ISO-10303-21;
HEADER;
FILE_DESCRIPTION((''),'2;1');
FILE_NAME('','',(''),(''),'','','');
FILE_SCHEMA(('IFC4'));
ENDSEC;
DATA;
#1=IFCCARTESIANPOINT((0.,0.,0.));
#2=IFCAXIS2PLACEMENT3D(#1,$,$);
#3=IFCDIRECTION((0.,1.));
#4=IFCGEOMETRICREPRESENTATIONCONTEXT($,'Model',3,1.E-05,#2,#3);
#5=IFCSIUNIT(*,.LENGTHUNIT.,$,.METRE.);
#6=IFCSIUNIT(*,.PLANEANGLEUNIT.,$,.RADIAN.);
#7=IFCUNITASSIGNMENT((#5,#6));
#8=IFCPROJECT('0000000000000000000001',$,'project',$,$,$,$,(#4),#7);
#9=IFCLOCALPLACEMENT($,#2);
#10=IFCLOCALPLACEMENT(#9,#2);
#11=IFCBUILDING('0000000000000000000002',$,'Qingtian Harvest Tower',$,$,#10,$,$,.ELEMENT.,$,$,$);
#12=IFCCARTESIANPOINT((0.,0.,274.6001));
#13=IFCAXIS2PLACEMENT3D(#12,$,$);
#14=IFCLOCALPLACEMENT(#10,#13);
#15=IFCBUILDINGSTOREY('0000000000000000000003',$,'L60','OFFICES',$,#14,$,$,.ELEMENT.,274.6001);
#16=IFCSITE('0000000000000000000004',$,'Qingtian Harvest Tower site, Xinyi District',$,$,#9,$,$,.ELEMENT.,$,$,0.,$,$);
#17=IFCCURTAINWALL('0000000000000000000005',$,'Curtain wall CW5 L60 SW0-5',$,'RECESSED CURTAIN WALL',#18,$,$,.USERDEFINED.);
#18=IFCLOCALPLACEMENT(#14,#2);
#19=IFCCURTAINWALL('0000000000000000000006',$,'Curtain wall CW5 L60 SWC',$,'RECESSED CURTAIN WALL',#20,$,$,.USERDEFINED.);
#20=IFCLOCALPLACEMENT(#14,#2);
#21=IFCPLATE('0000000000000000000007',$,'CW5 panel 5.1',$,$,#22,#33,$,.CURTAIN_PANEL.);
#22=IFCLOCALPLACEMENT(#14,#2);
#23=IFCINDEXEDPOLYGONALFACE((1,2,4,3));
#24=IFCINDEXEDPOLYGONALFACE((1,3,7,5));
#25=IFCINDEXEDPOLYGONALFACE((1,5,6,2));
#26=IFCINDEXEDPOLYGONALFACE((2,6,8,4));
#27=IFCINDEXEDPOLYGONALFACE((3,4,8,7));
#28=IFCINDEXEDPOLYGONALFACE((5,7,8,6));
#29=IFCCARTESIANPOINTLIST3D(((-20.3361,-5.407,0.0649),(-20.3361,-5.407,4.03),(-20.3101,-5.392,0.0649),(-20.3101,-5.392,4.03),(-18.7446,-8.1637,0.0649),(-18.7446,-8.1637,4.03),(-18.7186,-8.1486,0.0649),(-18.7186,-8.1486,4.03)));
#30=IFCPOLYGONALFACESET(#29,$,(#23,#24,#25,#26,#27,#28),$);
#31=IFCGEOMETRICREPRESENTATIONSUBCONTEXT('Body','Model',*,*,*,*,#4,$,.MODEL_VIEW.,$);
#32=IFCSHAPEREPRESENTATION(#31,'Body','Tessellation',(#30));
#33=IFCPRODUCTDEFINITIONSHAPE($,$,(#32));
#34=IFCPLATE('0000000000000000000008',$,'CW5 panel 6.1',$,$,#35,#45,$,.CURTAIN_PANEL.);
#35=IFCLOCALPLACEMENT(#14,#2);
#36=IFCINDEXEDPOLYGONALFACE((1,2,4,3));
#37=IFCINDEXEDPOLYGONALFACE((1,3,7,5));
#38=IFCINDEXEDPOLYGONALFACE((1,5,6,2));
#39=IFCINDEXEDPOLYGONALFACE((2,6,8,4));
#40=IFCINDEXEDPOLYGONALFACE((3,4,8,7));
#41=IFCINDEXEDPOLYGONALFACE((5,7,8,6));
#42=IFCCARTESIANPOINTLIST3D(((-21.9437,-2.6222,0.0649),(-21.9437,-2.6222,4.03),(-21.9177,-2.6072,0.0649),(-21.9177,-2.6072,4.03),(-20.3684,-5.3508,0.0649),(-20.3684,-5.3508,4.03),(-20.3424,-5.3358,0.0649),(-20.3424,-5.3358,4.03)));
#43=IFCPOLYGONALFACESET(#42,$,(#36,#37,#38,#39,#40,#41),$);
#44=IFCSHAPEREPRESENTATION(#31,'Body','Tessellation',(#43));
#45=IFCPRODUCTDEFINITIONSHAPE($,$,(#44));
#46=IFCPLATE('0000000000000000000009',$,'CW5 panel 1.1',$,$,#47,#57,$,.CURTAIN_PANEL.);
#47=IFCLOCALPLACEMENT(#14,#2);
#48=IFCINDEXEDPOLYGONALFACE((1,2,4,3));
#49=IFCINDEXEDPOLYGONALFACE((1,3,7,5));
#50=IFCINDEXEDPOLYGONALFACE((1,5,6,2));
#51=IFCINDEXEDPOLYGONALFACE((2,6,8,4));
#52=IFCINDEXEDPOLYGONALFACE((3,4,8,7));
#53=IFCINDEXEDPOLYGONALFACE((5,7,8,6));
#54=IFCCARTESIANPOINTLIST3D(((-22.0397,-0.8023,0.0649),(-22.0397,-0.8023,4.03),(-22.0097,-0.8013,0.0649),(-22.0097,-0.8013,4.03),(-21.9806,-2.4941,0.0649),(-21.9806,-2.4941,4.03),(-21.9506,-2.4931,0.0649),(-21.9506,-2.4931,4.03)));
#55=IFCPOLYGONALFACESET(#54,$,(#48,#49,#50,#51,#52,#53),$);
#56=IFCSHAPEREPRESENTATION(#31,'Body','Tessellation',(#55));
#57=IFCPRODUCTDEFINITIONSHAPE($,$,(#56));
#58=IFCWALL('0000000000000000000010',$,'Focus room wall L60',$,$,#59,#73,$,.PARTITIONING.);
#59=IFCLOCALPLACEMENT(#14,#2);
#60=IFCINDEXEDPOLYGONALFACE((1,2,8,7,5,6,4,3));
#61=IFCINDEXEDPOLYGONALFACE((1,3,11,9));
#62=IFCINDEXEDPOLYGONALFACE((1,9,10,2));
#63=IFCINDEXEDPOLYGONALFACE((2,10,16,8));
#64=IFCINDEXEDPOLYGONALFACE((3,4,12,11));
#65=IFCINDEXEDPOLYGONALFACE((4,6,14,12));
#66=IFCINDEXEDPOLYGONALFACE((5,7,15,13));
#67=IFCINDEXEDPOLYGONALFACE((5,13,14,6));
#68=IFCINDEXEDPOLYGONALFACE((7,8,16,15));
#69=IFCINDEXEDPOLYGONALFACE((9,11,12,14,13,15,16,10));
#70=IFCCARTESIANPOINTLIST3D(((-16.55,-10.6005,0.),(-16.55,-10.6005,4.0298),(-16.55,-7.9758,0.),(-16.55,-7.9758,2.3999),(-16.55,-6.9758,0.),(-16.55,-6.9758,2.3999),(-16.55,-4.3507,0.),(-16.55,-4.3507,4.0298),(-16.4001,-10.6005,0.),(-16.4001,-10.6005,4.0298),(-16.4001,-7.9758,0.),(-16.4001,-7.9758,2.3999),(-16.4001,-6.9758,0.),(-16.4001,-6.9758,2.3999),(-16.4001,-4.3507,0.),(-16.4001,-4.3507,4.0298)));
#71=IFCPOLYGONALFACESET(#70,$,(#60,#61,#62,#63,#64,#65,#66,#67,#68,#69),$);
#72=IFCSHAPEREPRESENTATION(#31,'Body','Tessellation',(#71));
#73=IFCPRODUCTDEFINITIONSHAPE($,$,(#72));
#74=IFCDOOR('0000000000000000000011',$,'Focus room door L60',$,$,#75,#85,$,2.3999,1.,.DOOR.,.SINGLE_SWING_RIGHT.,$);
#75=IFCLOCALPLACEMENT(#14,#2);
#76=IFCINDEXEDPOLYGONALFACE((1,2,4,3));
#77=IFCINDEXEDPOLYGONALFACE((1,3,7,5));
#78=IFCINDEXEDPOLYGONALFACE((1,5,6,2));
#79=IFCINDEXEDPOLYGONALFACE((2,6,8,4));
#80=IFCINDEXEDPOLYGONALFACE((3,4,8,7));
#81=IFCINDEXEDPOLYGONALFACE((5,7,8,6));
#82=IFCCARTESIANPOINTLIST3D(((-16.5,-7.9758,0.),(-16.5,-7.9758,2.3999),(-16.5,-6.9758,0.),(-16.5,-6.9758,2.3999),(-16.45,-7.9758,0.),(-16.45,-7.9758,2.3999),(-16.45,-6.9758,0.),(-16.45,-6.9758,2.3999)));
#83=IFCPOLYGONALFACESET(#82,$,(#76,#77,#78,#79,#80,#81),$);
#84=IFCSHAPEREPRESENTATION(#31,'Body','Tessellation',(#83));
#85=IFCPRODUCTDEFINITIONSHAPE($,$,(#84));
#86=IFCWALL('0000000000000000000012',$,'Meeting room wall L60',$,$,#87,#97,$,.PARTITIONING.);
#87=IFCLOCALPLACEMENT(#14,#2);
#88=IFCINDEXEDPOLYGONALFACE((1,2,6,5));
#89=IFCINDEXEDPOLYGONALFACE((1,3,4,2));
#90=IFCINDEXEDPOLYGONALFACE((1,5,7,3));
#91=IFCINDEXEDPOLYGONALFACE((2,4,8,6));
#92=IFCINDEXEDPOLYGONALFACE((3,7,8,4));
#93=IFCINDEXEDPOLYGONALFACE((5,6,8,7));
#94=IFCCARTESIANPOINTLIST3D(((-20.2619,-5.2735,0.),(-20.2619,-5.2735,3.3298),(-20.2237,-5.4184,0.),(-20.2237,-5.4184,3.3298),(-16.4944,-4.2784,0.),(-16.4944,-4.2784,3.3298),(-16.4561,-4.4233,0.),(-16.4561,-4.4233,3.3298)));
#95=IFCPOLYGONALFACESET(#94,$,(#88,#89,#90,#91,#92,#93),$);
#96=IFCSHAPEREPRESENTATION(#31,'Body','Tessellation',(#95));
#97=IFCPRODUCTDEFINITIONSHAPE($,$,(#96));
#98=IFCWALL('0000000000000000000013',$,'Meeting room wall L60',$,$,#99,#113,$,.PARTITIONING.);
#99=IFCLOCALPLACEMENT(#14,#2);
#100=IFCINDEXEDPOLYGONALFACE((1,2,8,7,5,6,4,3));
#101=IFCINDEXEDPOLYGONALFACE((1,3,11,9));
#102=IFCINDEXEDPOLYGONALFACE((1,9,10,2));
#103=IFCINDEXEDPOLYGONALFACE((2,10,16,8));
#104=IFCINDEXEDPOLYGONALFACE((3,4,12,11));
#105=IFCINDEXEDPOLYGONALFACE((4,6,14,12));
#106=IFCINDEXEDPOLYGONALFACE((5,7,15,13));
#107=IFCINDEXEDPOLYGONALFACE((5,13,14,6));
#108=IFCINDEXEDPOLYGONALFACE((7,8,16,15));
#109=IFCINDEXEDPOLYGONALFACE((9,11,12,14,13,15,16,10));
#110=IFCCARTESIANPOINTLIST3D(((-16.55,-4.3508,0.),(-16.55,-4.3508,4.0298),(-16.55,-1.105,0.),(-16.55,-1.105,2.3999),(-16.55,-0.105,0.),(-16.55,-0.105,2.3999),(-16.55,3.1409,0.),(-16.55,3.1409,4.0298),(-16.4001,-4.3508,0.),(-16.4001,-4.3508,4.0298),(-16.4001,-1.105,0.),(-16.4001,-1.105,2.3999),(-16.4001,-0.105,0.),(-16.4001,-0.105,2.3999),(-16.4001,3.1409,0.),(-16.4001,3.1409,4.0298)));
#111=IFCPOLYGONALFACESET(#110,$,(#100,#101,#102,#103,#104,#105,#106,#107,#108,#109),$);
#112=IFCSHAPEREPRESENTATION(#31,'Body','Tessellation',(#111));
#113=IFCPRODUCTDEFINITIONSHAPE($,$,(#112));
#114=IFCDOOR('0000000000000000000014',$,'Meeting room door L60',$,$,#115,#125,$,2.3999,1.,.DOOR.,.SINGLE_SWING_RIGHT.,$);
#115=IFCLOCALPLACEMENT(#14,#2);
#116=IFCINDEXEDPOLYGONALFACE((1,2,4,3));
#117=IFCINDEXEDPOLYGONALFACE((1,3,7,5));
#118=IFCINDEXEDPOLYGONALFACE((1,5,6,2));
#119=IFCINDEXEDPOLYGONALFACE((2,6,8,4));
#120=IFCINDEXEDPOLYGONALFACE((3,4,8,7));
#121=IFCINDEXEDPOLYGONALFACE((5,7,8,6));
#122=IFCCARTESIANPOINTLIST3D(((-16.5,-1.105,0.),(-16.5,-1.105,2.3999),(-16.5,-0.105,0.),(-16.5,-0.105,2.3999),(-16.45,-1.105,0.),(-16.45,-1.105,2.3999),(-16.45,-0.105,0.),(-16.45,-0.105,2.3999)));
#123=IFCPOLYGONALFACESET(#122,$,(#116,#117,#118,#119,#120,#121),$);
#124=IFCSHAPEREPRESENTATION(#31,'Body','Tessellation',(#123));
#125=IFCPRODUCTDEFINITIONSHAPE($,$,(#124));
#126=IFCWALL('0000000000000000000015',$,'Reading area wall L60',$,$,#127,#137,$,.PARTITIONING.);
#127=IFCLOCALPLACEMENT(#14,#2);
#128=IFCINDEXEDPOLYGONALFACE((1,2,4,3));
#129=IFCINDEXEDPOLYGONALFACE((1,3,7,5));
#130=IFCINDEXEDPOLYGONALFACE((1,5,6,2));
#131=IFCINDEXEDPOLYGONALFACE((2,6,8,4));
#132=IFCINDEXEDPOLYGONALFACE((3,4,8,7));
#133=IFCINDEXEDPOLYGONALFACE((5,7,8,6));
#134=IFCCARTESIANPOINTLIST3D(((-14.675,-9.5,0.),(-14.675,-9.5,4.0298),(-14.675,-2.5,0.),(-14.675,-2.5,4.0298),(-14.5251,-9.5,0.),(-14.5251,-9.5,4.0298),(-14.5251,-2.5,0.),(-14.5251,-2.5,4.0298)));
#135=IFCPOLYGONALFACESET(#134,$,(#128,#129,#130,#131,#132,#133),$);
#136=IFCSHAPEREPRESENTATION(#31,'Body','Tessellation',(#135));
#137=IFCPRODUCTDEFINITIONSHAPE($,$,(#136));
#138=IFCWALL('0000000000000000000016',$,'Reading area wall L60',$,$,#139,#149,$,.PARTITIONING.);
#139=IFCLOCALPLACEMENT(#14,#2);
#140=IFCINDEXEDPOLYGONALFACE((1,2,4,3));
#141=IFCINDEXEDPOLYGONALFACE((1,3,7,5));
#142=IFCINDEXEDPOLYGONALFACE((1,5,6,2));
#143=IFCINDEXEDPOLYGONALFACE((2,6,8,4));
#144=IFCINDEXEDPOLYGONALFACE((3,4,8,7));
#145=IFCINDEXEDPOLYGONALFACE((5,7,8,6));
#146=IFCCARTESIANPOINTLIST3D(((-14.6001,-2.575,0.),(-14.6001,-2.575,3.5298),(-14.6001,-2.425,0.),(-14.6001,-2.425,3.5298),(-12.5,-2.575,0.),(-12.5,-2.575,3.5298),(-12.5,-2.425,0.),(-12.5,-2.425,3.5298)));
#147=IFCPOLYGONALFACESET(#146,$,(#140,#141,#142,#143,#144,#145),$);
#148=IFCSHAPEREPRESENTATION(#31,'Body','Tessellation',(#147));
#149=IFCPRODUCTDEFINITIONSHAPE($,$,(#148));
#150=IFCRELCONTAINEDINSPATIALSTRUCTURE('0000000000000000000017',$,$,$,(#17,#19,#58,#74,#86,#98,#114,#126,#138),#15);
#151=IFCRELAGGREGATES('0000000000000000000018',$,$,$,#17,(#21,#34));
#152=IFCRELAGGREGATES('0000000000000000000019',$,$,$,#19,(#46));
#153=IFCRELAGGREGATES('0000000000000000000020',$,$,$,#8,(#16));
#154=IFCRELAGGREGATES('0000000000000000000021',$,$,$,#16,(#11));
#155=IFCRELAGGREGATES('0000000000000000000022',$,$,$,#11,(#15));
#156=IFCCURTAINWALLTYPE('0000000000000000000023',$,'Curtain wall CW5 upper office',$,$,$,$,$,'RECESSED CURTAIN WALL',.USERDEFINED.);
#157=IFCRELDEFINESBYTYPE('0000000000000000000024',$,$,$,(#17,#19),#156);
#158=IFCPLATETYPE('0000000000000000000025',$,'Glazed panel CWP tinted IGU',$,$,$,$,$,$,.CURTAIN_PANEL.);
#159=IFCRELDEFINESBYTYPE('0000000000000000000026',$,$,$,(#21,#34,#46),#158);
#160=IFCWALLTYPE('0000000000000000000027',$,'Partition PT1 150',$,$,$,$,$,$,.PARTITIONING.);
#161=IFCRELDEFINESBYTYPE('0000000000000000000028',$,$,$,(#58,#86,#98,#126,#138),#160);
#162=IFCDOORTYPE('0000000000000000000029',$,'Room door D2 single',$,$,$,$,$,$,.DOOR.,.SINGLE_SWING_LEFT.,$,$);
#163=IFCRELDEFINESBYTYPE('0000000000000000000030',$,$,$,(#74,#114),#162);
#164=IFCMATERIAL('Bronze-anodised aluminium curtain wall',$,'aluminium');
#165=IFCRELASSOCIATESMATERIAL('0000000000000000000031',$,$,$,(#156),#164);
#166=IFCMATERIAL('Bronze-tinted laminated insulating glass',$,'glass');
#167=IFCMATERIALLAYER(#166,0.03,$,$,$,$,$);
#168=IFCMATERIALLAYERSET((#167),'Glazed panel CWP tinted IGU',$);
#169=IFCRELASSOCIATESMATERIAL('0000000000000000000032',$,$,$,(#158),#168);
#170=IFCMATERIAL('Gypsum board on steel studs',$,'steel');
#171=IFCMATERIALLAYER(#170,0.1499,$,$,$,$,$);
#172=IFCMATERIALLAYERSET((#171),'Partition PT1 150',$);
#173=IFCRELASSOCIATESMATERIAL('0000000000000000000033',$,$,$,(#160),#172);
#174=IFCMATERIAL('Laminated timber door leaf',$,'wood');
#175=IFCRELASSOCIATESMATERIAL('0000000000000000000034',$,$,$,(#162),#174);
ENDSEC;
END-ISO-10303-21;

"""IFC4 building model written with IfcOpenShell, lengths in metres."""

from ifc_helpers import new_model, si_unit, direction, frame, frame_2d, origin, origin_2d, place, context, subcontext, project, spatial, rectangle, extrude, material, layer, layer_set, type_object, element, fill, aggregate, save


model = new_model("IFC4")

# Units and contexts
model_context = context("Model", 3, precision=1e-05, world=origin(), true_north=direction((0.0, 1.0)))
body_context = subcontext(model_context, "Body", "Model", "MODEL_VIEW")
ifc_project = project(units=[si_unit("LENGTHUNIT", "METRE"), si_unit("PLANEANGLEUNIT", "RADIAN")], contexts=[model_context])

# Site, building, storey
site_placement = place(None, origin())
site = spatial("IfcSite", under=ifc_project, at=site_placement, Name="Qingtian Harvest Tower site, Xinyi District", CompositionType="ELEMENT", RefElevation=0.0)
building_placement = place(site_placement, origin())
building = spatial("IfcBuilding", under=site, at=building_placement, Name="Qingtian Harvest Tower", CompositionType="ELEMENT")
storey_placement = place(building_placement, frame((0.0, 0.0, 274.6001)))
storey = spatial("IfcBuildingStorey", under=building, at=storey_placement, Name="L60", Description="OFFICES", CompositionType="ELEMENT", Elevation=274.6001)

# Curtain walls
ifc_material_1 = material(Name="Bronze-anodised aluminium curtain wall", Category="aluminium")
curtain_wall_type = type_object("IfcCurtainWallType", Name="Curtain wall CW5 upper office", ElementType="RECESSED CURTAIN WALL", PredefinedType="USERDEFINED", material=ifc_material_1)
curtain_wall_1_placement = place(storey_placement, origin())
curtain_wall_1 = element("IfcCurtainWall", 1, at=curtain_wall_1_placement, inside=storey, type_object=curtain_wall_type, Name="Curtain wall CW5 L60 SW0-5", ObjectType="RECESSED CURTAIN WALL", PredefinedType="USERDEFINED")
curtain_wall_2_placement = place(storey_placement, origin())
curtain_wall_2 = element("IfcCurtainWall", 2, at=curtain_wall_2_placement, inside=storey, type_object=curtain_wall_type, Name="Curtain wall CW5 L60 SWC", ObjectType="RECESSED CURTAIN WALL", PredefinedType="USERDEFINED")

# Plates
ifc_material_2 = material(Name="Bronze-tinted laminated insulating glass", Category="glass")
ifc_layer_1 = layer(ifc_material_2, 0.03)
ifc_layer_set_1 = layer_set([ifc_layer_1], Name="Glazed panel CWP tinted IGU")
plate_type = type_object("IfcPlateType", Name="Glazed panel CWP tinted IGU", PredefinedType="CURTAIN_PANEL", material=ifc_layer_set_1)
plate_1_placement = place(storey_placement, frame((-19.5273, -6.7778, 0.0649), z_axis=(0.0, 0.0, 1.0), x_axis=(-0.5, 0.866025, 0.0)))
plate_1 = element("IfcPlate", 3, at=plate_1_placement, type_object=plate_type, Name="CW5 panel 5.1", PredefinedType="CURTAIN_PANEL", context=body_context, shape_type="SweptSolid", body=[
    extrude(rectangle(XDim=3.1831, YDim=0.03, at=origin_2d()), origin(), (0.0, 0.0, 1.0), 3.9651),
])
plate_2_placement = place(storey_placement, frame((-21.1431, -3.979, 0.0649), z_axis=(0.0, 0.0, 1.0), x_axis=(-0.5, 0.866025, 0.0)))
plate_2 = element("IfcPlate", 4, at=plate_2_placement, type_object=plate_type, Name="CW5 panel 6.1", PredefinedType="CURTAIN_PANEL", context=body_context, shape_type="SweptSolid", body=[
    extrude(rectangle(XDim=3.1506, YDim=0.03, at=origin_2d()), origin(), (0.0, 0.0, 1.0), 3.9651),
])
aggregate(curtain_wall_1, [plate_1, plate_2])
plate_3_placement = place(storey_placement, frame((-21.9951, -1.6477, 0.0649), z_axis=(0.0, 0.0, 1.0), x_axis=(-0.034899, 0.999391, 0.0)))
plate_3 = element("IfcPlate", 5, at=plate_3_placement, type_object=plate_type, Name="CW5 panel 1.1", PredefinedType="CURTAIN_PANEL", context=body_context, shape_type="SweptSolid", body=[
    extrude(rectangle(XDim=1.6929, YDim=0.03, at=origin_2d()), origin(), (0.0, 0.0, 1.0), 3.9651),
])
aggregate(curtain_wall_2, [plate_3])

# Wall, opening, door
ifc_material_3 = material(Name="Gypsum board on steel studs", Category="steel")
ifc_layer_2 = layer(ifc_material_3, 0.1499)
ifc_layer_set_2 = layer_set([ifc_layer_2], Name="Partition PT1 150")
wall_type = type_object("IfcWallType", Name="Partition PT1 150", PredefinedType="PARTITIONING", material=ifc_layer_set_2)
wall_1_placement = place(storey_placement, frame((-16.4751, -10.6006, 0.0), z_axis=(0.0, 0.0, 1.0), x_axis=(0.0, 1.0, 0.0)))
wall_1 = element("IfcWall", 6, at=wall_1_placement, inside=storey, type_object=wall_type, Name="Focus room wall L60", PredefinedType="PARTITIONING", context=body_context, shape_type="SweptSolid", body=[
    extrude(rectangle(XDim=6.2498, YDim=0.1499, at=frame_2d((3.125, 0.0))), origin(), (0.0, 0.0, 1.0), 4.0298),
])
opening_1_placement = place(wall_1_placement, frame((2.6248, 0.0, 0.0)))
opening_1 = element("IfcOpeningElement", 7, at=opening_1_placement, cuts=wall_1, PredefinedType="OPENING", context=body_context, shape_type="SweptSolid", body=[
    extrude(rectangle(XDim=1.0, YDim=2.3999, at=frame_2d((0.5, 1.2))), frame((0.0, 0.085, 0.0), z_axis=(0.0, -1.0, 0.0), x_axis=(1.0, 0.0, 0.0)), (0.0, 0.0, 1.0), 0.1699),
])
ifc_material_4 = material(Name="Laminated timber door leaf", Category="wood")
door_type = type_object("IfcDoorType", Name="Room door D2 single", OperationType="SINGLE_SWING_LEFT", PredefinedType="DOOR", material=ifc_material_4)
door_1_placement = place(opening_1_placement, origin())
door_1 = element("IfcDoor", 8, at=door_1_placement, inside=storey, type_object=door_type, Name="Focus room door L60", OperationType="SINGLE_SWING_RIGHT", OverallHeight=2.3999, OverallWidth=1.0, PredefinedType="DOOR", context=body_context, shape_type="SweptSolid", body=[
    extrude(rectangle(XDim=1.0, YDim=2.3999, at=frame_2d((0.5, 1.2))), frame((0.0, 0.0249, 0.0), z_axis=(0.0, -1.0, 0.0), x_axis=(1.0, 0.0, 0.0)), (0.0, 0.0, 1.0), 0.05),
])
fill(opening_1, door_1)

# Wall
wall_2_placement = place(storey_placement, frame((-20.2427, -5.3459, 0.0), z_axis=(0.0, 0.0, 1.0), x_axis=(0.966844, 0.255369, 0.0)))
element("IfcWall", 9, at=wall_2_placement, inside=storey, type_object=wall_type, Name="Meeting room wall L60", PredefinedType="PARTITIONING", context=body_context, shape_type="SweptSolid", body=[
    extrude(rectangle(XDim=3.8967, YDim=0.1499, at=frame_2d((1.9482, 0.0))), origin(), (0.0, 0.0, 1.0), 3.3298),
])

# Wall, opening, door
wall_3_placement = place(storey_placement, frame((-16.4751, -4.3508, 0.0), z_axis=(0.0, 0.0, 1.0), x_axis=(0.0, 1.0, 0.0)))
wall_3 = element("IfcWall", 10, at=wall_3_placement, inside=storey, type_object=wall_type, Name="Meeting room wall L60", PredefinedType="PARTITIONING", context=body_context, shape_type="SweptSolid", body=[
    extrude(rectangle(XDim=7.4917, YDim=0.1499, at=frame_2d((3.7458, 0.0))), origin(), (0.0, 0.0, 1.0), 4.0298),
])
opening_2_placement = place(wall_3_placement, frame((3.2458, 0.0, 0.0)))
opening_2 = element("IfcOpeningElement", 11, at=opening_2_placement, cuts=wall_3, PredefinedType="OPENING", context=body_context, shape_type="SweptSolid", body=[
    extrude(rectangle(XDim=1.0, YDim=2.3999, at=frame_2d((0.5, 1.2))), frame((0.0, 0.085, 0.0), z_axis=(0.0, -1.0, 0.0), x_axis=(1.0, 0.0, 0.0)), (0.0, 0.0, 1.0), 0.1699),
])
door_2_placement = place(opening_2_placement, origin())
door_2 = element("IfcDoor", 12, at=door_2_placement, inside=storey, type_object=door_type, Name="Meeting room door L60", OperationType="SINGLE_SWING_RIGHT", OverallHeight=2.3999, OverallWidth=1.0, PredefinedType="DOOR", context=body_context, shape_type="SweptSolid", body=[
    extrude(rectangle(XDim=1.0, YDim=2.3999, at=frame_2d((0.5, 1.2))), frame((0.0, 0.0249, 0.0), z_axis=(0.0, -1.0, 0.0), x_axis=(1.0, 0.0, 0.0)), (0.0, 0.0, 1.0), 0.05),
])
fill(opening_2, door_2)

# Walls
wall_4_placement = place(storey_placement, frame((-14.6001, -9.5, 0.0), z_axis=(0.0, 0.0, 1.0), x_axis=(0.0, 1.0, 0.0)))
element("IfcWall", 13, at=wall_4_placement, inside=storey, type_object=wall_type, Name="Reading area wall L60", PredefinedType="PARTITIONING", context=body_context, shape_type="SweptSolid", body=[
    extrude(rectangle(XDim=7.0, YDim=0.1499, at=frame_2d((3.5, 0.0))), origin(), (0.0, 0.0, 1.0), 4.0298),
])
wall_5_placement = place(storey_placement, frame((-12.5, -2.5, 0.0), z_axis=(0.0, 0.0, 1.0), x_axis=(-1.0, 0.0, 0.0)))
element("IfcWall", 14, at=wall_5_placement, inside=storey, type_object=wall_type, Name="Reading area wall L60", PredefinedType="PARTITIONING", context=body_context, shape_type="SweptSolid", body=[
    extrude(rectangle(XDim=2.1001, YDim=0.1499, at=frame_2d((1.05, 0.0))), origin(), (0.0, 0.0, 1.0), 3.5298),
])

save(model, "model.ifc")
